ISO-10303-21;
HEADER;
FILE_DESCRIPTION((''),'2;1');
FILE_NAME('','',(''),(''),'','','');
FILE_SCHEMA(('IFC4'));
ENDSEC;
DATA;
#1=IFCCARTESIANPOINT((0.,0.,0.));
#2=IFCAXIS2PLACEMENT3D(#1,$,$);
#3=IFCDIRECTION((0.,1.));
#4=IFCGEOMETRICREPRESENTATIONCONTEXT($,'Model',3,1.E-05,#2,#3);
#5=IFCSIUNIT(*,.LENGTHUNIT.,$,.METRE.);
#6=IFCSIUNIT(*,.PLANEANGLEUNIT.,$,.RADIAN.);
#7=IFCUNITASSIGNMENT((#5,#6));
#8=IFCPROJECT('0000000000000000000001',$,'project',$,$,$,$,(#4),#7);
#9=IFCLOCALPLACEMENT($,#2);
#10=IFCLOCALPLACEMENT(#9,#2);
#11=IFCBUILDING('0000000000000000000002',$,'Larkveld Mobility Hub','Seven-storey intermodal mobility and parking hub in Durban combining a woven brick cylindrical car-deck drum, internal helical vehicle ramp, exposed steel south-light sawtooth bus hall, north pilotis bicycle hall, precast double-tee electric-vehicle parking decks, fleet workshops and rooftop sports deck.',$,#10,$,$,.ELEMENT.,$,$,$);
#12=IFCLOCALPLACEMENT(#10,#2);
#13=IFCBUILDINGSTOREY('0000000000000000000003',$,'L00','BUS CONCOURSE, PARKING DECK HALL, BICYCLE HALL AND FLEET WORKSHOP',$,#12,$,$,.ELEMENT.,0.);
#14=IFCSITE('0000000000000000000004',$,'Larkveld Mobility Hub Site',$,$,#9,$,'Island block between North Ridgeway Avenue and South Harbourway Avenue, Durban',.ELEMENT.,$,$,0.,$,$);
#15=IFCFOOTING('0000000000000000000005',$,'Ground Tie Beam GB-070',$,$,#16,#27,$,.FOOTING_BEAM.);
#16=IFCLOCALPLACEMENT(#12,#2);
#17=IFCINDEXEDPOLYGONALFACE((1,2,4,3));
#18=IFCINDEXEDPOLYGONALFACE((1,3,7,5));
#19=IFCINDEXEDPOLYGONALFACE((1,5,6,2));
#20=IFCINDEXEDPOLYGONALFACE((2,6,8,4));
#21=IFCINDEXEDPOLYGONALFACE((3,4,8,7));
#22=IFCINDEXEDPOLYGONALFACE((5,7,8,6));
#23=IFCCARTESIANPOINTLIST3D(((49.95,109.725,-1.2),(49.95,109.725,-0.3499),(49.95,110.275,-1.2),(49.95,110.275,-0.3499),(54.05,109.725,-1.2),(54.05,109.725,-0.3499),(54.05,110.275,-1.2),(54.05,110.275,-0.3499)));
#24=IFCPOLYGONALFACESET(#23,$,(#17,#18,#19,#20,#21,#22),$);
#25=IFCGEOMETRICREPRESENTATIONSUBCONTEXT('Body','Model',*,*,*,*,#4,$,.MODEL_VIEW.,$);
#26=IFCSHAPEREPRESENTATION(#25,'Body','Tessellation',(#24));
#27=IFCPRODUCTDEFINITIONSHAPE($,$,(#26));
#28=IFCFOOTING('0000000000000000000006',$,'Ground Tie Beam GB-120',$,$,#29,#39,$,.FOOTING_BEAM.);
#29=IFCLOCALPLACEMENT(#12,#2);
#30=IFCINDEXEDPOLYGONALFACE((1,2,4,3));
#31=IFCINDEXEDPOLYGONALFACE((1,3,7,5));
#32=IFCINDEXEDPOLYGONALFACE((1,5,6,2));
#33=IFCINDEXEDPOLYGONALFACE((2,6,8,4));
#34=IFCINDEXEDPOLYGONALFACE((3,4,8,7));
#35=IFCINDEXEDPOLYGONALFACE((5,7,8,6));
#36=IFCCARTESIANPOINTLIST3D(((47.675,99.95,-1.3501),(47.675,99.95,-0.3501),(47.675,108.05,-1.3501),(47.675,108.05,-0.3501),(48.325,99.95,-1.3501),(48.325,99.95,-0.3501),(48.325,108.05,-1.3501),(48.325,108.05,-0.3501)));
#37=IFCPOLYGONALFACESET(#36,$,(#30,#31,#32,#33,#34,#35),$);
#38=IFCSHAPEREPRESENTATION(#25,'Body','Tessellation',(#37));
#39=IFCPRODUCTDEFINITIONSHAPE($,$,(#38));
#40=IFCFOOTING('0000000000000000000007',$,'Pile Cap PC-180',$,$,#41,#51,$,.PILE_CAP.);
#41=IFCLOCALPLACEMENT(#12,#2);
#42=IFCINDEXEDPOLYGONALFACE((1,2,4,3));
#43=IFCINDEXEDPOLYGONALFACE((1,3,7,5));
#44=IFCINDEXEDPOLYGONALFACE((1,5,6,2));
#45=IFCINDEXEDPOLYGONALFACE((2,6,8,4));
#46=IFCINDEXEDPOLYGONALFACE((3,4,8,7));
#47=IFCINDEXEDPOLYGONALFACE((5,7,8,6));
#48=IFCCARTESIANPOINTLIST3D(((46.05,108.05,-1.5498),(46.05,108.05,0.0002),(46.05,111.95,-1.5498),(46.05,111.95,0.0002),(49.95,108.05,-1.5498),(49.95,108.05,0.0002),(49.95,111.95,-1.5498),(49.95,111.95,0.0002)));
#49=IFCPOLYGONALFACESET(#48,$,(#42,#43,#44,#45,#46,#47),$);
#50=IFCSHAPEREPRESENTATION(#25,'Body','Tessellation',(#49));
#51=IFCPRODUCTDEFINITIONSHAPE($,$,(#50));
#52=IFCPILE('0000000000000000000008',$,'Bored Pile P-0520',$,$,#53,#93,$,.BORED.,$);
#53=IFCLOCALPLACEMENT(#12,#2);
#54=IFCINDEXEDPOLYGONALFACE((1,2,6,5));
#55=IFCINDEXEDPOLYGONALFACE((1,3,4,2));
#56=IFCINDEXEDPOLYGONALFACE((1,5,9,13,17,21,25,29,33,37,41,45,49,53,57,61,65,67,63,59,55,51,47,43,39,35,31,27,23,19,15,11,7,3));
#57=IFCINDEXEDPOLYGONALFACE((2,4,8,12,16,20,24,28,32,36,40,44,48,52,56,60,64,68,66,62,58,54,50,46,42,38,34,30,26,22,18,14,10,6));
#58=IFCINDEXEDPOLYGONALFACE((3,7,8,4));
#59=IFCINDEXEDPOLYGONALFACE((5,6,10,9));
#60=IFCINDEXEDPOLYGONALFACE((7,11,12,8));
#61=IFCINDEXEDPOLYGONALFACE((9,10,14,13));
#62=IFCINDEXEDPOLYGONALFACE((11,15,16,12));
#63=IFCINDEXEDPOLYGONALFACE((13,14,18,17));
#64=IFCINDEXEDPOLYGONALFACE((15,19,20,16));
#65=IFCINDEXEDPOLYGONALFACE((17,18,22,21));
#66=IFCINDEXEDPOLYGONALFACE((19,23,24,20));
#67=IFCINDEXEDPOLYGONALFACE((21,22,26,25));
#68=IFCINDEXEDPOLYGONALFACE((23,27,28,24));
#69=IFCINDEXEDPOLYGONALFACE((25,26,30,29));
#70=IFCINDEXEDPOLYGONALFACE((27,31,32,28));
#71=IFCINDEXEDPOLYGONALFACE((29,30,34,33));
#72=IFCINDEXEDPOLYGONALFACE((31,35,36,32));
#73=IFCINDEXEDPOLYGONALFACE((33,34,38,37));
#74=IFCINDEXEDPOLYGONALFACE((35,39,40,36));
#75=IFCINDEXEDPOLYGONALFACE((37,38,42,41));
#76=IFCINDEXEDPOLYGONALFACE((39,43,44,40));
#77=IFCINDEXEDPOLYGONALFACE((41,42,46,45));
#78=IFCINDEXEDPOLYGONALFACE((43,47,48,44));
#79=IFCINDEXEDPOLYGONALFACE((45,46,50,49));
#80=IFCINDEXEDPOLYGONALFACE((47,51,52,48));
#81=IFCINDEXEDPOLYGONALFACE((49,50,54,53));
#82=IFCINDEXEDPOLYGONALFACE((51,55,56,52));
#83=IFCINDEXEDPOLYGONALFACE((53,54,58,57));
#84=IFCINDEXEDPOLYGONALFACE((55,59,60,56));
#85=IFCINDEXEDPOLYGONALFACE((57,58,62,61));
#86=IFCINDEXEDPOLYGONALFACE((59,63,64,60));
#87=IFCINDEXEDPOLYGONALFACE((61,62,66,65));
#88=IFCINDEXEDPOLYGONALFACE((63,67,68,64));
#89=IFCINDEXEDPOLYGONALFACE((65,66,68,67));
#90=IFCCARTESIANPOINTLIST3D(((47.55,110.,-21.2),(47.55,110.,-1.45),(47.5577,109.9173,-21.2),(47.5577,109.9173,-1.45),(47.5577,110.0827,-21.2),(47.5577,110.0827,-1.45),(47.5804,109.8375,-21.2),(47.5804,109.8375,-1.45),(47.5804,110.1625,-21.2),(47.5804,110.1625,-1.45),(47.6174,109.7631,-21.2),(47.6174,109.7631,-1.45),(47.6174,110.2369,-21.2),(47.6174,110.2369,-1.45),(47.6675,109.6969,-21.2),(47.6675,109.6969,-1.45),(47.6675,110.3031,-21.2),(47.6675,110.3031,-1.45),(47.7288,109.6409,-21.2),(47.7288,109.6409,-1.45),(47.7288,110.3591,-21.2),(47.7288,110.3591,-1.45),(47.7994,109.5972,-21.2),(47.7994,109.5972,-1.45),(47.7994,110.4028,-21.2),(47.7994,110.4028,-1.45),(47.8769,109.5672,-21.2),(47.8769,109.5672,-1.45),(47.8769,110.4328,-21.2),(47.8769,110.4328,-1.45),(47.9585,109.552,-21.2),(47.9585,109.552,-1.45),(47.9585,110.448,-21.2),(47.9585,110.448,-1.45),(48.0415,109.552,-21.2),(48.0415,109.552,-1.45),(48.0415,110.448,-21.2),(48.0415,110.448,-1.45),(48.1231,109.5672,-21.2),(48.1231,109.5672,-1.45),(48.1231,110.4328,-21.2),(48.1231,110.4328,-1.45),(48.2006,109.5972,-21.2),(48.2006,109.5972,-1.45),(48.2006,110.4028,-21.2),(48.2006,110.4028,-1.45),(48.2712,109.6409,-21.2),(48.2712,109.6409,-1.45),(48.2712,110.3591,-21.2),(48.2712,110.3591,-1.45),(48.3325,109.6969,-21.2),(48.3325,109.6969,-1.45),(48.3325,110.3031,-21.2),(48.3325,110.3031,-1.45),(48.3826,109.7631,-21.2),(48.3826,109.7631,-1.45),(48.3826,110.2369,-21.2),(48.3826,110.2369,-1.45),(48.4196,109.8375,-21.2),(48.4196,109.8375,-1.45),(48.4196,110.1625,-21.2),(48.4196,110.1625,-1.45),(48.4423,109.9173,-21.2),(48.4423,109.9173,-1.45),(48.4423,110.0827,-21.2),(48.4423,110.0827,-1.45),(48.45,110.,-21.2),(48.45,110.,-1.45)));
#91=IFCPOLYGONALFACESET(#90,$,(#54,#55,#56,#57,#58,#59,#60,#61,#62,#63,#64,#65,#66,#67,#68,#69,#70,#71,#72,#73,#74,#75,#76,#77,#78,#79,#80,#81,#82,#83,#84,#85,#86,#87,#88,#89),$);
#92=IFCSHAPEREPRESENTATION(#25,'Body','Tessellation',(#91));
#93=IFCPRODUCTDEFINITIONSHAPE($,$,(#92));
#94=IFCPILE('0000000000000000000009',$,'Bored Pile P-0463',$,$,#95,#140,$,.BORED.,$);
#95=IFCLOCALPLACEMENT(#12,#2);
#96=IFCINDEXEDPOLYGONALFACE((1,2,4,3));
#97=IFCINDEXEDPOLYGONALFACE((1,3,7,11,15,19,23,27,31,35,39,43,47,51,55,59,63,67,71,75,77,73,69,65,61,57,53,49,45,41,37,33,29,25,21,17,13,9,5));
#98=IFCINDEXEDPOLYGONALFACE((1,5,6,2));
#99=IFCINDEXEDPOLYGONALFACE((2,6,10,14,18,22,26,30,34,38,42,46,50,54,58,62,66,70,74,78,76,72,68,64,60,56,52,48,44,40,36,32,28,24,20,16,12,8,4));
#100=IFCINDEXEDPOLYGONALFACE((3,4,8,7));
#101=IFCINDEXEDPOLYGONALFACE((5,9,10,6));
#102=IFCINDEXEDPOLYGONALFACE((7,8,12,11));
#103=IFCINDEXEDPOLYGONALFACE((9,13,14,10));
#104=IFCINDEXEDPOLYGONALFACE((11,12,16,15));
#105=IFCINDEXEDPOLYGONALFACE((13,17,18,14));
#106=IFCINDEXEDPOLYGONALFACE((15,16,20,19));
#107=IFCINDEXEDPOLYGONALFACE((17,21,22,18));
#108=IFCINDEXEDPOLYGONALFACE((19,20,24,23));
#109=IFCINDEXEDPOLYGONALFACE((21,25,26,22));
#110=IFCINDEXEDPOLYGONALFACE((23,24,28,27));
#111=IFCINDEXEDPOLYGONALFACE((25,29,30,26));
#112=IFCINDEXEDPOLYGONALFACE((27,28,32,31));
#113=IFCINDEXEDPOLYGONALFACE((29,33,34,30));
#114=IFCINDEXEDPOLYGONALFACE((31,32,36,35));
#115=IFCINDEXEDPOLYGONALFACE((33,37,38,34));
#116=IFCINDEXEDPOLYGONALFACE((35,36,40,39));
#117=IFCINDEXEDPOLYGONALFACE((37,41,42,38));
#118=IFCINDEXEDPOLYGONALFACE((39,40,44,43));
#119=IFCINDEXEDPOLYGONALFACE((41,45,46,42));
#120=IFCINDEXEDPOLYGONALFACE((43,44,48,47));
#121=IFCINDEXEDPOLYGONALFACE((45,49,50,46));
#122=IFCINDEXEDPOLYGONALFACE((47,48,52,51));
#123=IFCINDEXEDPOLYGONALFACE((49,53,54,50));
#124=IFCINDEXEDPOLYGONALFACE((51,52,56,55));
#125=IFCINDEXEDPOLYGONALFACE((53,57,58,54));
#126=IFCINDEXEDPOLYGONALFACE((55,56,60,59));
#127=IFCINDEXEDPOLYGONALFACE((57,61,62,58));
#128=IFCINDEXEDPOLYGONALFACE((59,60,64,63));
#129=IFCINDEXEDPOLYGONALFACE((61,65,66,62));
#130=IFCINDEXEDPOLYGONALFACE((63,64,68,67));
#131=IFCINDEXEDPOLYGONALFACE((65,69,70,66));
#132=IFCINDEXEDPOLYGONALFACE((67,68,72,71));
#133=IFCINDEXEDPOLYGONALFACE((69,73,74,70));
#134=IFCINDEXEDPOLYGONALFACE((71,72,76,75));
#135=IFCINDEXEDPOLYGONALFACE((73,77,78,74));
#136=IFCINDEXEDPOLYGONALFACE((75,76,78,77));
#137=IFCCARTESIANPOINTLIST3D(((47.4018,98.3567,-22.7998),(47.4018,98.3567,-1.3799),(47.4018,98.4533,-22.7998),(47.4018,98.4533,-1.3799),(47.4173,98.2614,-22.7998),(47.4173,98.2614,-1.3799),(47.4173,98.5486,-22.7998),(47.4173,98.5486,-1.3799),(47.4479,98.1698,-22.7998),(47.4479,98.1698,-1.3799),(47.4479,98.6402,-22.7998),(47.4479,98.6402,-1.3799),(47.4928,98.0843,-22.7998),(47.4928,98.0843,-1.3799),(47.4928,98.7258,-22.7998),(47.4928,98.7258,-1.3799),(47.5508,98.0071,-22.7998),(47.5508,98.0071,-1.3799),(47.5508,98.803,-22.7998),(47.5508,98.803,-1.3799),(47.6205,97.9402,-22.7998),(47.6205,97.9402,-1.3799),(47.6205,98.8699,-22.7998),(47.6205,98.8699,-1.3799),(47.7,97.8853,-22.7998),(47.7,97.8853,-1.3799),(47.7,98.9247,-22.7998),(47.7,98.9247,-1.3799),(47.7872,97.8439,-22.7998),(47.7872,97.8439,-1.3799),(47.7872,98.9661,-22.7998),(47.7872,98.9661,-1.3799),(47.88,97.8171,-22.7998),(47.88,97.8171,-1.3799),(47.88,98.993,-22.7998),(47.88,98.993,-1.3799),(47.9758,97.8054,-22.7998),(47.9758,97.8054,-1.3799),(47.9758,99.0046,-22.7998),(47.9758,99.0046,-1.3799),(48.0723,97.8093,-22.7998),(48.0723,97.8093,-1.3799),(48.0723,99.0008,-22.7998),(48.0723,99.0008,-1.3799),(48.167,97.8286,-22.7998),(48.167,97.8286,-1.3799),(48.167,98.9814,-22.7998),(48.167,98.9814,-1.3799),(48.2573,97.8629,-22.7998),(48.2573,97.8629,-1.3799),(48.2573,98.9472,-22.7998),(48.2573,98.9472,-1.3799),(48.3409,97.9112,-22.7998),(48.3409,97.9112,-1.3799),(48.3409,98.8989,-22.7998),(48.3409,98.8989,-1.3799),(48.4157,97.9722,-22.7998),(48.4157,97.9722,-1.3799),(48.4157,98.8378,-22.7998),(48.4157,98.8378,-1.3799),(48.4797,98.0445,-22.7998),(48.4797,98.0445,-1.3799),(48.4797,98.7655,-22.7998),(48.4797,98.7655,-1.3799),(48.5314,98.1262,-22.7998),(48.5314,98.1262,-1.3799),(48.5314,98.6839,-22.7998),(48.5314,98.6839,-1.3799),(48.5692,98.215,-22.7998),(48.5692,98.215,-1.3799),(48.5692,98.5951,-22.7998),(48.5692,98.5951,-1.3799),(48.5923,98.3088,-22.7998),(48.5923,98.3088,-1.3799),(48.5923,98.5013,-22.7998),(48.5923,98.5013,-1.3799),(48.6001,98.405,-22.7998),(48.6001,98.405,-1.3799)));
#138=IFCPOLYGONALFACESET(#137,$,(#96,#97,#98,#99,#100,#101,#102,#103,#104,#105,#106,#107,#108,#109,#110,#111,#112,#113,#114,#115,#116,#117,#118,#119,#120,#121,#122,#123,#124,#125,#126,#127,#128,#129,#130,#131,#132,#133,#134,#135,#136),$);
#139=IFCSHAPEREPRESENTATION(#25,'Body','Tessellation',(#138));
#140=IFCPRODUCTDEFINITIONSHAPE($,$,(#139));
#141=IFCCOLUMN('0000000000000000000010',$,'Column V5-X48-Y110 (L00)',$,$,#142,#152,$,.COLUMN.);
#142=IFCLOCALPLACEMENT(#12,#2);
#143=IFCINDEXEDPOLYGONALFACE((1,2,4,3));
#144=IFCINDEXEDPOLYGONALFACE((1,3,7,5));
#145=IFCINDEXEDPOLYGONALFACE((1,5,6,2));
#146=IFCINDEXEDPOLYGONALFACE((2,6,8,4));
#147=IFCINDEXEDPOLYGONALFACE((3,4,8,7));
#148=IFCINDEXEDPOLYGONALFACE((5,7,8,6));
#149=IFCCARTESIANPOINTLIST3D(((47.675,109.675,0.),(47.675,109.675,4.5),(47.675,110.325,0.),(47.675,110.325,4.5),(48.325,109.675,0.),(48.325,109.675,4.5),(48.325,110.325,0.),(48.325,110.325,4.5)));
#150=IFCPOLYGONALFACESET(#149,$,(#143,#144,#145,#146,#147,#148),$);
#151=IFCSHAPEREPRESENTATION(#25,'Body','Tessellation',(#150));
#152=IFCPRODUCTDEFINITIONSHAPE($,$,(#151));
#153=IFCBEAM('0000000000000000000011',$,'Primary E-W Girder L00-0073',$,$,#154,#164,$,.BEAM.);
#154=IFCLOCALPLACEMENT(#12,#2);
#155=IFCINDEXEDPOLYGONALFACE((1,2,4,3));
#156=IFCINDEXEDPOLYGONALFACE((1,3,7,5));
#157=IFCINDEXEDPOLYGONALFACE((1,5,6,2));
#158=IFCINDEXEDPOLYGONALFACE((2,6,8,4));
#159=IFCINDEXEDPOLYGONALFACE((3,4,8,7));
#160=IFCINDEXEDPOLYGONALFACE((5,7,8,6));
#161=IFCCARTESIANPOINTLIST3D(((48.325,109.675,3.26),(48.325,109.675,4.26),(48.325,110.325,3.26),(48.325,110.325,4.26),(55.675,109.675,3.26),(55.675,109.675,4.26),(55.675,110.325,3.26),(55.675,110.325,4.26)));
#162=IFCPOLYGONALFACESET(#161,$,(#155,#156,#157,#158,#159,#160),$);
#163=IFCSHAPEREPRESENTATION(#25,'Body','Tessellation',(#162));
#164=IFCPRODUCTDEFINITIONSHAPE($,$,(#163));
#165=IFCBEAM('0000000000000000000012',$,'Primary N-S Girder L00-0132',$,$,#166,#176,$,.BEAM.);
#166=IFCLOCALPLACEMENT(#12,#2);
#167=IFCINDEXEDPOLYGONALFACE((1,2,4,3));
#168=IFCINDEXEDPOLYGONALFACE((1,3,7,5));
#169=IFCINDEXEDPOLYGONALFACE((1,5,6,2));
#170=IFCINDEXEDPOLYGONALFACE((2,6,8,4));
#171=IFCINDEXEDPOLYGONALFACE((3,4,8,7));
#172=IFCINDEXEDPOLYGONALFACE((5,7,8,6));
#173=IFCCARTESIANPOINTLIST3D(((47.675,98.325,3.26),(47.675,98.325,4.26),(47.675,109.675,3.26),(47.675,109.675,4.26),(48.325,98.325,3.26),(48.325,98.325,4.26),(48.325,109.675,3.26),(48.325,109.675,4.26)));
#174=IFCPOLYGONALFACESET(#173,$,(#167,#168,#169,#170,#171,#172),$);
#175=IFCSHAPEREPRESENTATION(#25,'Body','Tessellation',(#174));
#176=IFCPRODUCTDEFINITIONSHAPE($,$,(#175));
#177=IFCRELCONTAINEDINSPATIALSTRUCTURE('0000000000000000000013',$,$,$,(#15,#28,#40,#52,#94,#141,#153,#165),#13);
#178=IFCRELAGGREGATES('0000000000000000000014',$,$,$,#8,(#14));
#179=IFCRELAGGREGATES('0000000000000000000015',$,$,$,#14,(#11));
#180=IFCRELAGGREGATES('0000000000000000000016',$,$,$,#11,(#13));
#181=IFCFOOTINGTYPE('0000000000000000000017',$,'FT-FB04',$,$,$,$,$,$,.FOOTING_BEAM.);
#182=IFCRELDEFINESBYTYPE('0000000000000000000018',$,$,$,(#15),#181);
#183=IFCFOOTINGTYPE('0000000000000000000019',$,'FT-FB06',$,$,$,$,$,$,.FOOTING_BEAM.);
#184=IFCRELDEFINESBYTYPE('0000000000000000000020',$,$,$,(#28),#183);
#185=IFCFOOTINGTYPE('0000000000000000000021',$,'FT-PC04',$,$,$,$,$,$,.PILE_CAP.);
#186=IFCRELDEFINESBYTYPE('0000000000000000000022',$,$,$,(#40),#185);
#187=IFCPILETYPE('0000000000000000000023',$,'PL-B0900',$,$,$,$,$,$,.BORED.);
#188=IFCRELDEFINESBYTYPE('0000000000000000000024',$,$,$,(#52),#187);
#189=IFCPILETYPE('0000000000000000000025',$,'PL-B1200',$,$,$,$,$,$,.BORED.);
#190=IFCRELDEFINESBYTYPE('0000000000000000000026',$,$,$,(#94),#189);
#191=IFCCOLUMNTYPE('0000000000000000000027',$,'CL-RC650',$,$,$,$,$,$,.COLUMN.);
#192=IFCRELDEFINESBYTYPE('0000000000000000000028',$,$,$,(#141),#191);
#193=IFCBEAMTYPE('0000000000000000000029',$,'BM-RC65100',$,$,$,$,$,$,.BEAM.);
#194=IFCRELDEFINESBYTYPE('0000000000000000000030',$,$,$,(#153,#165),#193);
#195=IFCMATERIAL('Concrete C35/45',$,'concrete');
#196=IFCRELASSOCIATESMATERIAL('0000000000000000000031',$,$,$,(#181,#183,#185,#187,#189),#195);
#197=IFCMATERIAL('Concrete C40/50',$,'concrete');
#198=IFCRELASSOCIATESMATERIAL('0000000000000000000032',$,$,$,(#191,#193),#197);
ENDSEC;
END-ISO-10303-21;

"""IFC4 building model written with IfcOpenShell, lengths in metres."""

from ifc_helpers import new_model, si_unit, direction, frame, origin, origin_2d, place, context, subcontext, project, spatial, rectangle, circle, extrude, material, material_profile, profile_set, type_object, element, save


model = new_model("IFC4")

# Units and contexts
model_context = context("Model", 3, precision=1e-05, world=origin(), true_north=direction((0.0, 1.0)))
body_context = subcontext(model_context, "Body", "Model", "MODEL_VIEW")
ifc_project = project(units=[si_unit("LENGTHUNIT", "METRE"), si_unit("PLANEANGLEUNIT", "RADIAN")], contexts=[model_context])

# Site, building, storey
site_placement = place(None, origin())
site = spatial("IfcSite", under=ifc_project, at=site_placement, Name="Larkveld Mobility Hub Site", LongName="Island block between North Ridgeway Avenue and South Harbourway Avenue, Durban", CompositionType="ELEMENT", RefElevation=0.0)
building_placement = place(site_placement, origin())
building = spatial("IfcBuilding", under=site, at=building_placement, Name="Larkveld Mobility Hub", Description="Seven-storey intermodal mobility and parking hub in Durban combining a woven brick cylindrical car-deck drum, internal helical vehicle ramp, exposed steel south-light sawtooth bus hall, north pilotis bicycle hall, precast double-tee electric-vehicle parking decks, fleet workshops and rooftop sports deck.", CompositionType="ELEMENT")
storey_placement = place(building_placement, origin())
storey = spatial("IfcBuildingStorey", under=building, at=storey_placement, Name="L00", Description="BUS CONCOURSE, PARKING DECK HALL, BICYCLE HALL AND FLEET WORKSHOP", CompositionType="ELEMENT", Elevation=0.0)

# Footings
ifc_material_1 = material(Name="Concrete C35/45", Category="concrete")
ifc_material_profile_1 = material_profile(ifc_material_1, rectangle(XDim=0.55, YDim=0.8501, at=origin_2d()), Name="RC BM 550x850")
ifc_profile_set_1 = profile_set([ifc_material_profile_1], Name="Concrete C35/45")
footing_type_1 = type_object("IfcFootingType", Name="FT-FB04", PredefinedType="FOOTING_BEAM", material=ifc_profile_set_1)
footing_1_placement = place(storey_placement, frame((49.95, 110.0, -0.7749), z_axis=(1.0, 0.0, 0.0), x_axis=(0.0, 1.0, 0.0)))
element("IfcFooting", 1, at=footing_1_placement, inside=storey, type_object=footing_type_1, Name="Ground Tie Beam GB-070", PredefinedType="FOOTING_BEAM", context=body_context, shape_type="SweptSolid", body=[
    extrude(rectangle(XDim=0.55, YDim=0.8501, at=origin_2d()), origin(), (0.0, 0.0, 1.0), 4.1001),
])
ifc_material_profile_2 = material_profile(ifc_material_1, rectangle(XDim=0.6499, YDim=1.0, at=origin_2d()), Name="RC BM 650x1000")
ifc_profile_set_2 = profile_set([ifc_material_profile_2], Name="Concrete C35/45")
footing_type_2 = type_object("IfcFootingType", Name="FT-FB06", PredefinedType="FOOTING_BEAM", material=ifc_profile_set_2)
footing_2_placement = place(storey_placement, frame((48.0, 99.95, -0.8501), z_axis=(0.0, 1.0, 0.0), x_axis=(-1.0, 0.0, 0.0)))
element("IfcFooting", 2, at=footing_2_placement, inside=storey, type_object=footing_type_2, Name="Ground Tie Beam GB-120", PredefinedType="FOOTING_BEAM", context=body_context, shape_type="SweptSolid", body=[
    extrude(rectangle(XDim=0.6499, YDim=1.0, at=origin_2d()), origin(), (0.0, 0.0, 1.0), 8.1001),
])
footing_type_3 = type_object("IfcFootingType", Name="FT-PC04", PredefinedType="PILE_CAP", material=ifc_material_1)
footing_3_placement = place(storey_placement, frame((48.0, 110.0, -1.5498), z_axis=(0.0, 0.0, 1.0), x_axis=(1.0, 0.0, 0.0)))
element("IfcFooting", 3, at=footing_3_placement, inside=storey, type_object=footing_type_3, Name="Pile Cap PC-180", PredefinedType="PILE_CAP", context=body_context, shape_type="SweptSolid", body=[
    extrude(rectangle(XDim=3.8999, YDim=3.8999, at=origin_2d()), origin(), (0.0, 0.0, 1.0), 1.55),
])

# Piles
ifc_material_profile_3 = material_profile(ifc_material_1, circle(Radius=0.45, at=origin_2d()), Name="PILE D900")
ifc_profile_set_3 = profile_set([ifc_material_profile_3], Name="Concrete C35/45")
pile_type_1 = type_object("IfcPileType", Name="PL-B0900", PredefinedType="BORED", material=ifc_profile_set_3)
pile_1_placement = place(storey_placement, frame((48.0, 110.0, -1.45), z_axis=(0.0, 0.0, -1.0), x_axis=(1.0, 0.0, 0.0)))
element("IfcPile", 4, at=pile_1_placement, inside=storey, type_object=pile_type_1, Name="Bored Pile P-0520", PredefinedType="BORED", context=body_context, shape_type="SweptSolid", body=[
    extrude(circle(Radius=0.45, at=origin_2d()), origin(), (0.0, 0.0, 1.0), 19.75),
])
ifc_material_profile_4 = material_profile(ifc_material_1, circle(Radius=0.6001, at=origin_2d()), Name="PILE D1200")
ifc_profile_set_4 = profile_set([ifc_material_profile_4], Name="Concrete C35/45")
pile_type_2 = type_object("IfcPileType", Name="PL-B1200", PredefinedType="BORED", material=ifc_profile_set_4)
pile_2_placement = place(storey_placement, frame((48.0, 98.405, -1.3799), z_axis=(0.0, 0.0, -1.0), x_axis=(1.0, 0.0, 0.0)))
element("IfcPile", 5, at=pile_2_placement, inside=storey, type_object=pile_type_2, Name="Bored Pile P-0463", PredefinedType="BORED", context=body_context, shape_type="SweptSolid", body=[
    extrude(circle(Radius=0.6001, at=origin_2d()), origin(), (0.0, 0.0, 1.0), 21.4199),
])

# Column
ifc_material_2 = material(Name="Concrete C40/50", Category="concrete")
ifc_material_profile_5 = material_profile(ifc_material_2, rectangle(XDim=0.6499, YDim=0.6499, at=origin_2d()), Name="RC COL 650x650")
ifc_profile_set_5 = profile_set([ifc_material_profile_5], Name="Concrete C40/50")
column_type = type_object("IfcColumnType", Name="CL-RC650", PredefinedType="COLUMN", material=ifc_profile_set_5)
column_placement = place(storey_placement, frame((48.0, 110.0, 0.0), z_axis=(0.0, 0.0, 1.0), x_axis=(1.0, 0.0, 0.0)))
element("IfcColumn", 6, at=column_placement, inside=storey, type_object=column_type, Name="Column V5-X48-Y110 (L00)", PredefinedType="COLUMN", context=body_context, shape_type="SweptSolid", body=[
    extrude(rectangle(XDim=0.6499, YDim=0.6499, at=origin_2d()), origin(), (0.0, 0.0, 1.0), 4.5),
])

# Beams
ifc_material_profile_6 = material_profile(ifc_material_2, rectangle(XDim=0.6499, YDim=1.0, at=origin_2d()), Name="RC BM 650x1000")
ifc_profile_set_6 = profile_set([ifc_material_profile_6], Name="Concrete C40/50")
beam_type = type_object("IfcBeamType", Name="BM-RC65100", PredefinedType="BEAM", material=ifc_profile_set_6)
beam_1_placement = place(storey_placement, frame((48.325, 110.0, 3.76), z_axis=(1.0, 0.0, 0.0), x_axis=(0.0, 1.0, 0.0)))
element("IfcBeam", 7, at=beam_1_placement, inside=storey, type_object=beam_type, Name="Primary E-W Girder L00-0073", PredefinedType="BEAM", context=body_context, shape_type="SweptSolid", body=[
    extrude(rectangle(XDim=0.6499, YDim=1.0, at=origin_2d()), origin(), (0.0, 0.0, 1.0), 7.3501),
])
beam_2_placement = place(storey_placement, frame((48.0, 98.325, 3.76), z_axis=(0.0, 1.0, 0.0), x_axis=(-1.0, 0.0, 0.0)))
element("IfcBeam", 8, at=beam_2_placement, inside=storey, type_object=beam_type, Name="Primary N-S Girder L00-0132", PredefinedType="BEAM", context=body_context, shape_type="SweptSolid", body=[
    extrude(rectangle(XDim=0.6499, YDim=1.0, at=origin_2d()), origin(), (0.0, 0.0, 1.0), 11.3501),
])

save(model, "model.ifc")
